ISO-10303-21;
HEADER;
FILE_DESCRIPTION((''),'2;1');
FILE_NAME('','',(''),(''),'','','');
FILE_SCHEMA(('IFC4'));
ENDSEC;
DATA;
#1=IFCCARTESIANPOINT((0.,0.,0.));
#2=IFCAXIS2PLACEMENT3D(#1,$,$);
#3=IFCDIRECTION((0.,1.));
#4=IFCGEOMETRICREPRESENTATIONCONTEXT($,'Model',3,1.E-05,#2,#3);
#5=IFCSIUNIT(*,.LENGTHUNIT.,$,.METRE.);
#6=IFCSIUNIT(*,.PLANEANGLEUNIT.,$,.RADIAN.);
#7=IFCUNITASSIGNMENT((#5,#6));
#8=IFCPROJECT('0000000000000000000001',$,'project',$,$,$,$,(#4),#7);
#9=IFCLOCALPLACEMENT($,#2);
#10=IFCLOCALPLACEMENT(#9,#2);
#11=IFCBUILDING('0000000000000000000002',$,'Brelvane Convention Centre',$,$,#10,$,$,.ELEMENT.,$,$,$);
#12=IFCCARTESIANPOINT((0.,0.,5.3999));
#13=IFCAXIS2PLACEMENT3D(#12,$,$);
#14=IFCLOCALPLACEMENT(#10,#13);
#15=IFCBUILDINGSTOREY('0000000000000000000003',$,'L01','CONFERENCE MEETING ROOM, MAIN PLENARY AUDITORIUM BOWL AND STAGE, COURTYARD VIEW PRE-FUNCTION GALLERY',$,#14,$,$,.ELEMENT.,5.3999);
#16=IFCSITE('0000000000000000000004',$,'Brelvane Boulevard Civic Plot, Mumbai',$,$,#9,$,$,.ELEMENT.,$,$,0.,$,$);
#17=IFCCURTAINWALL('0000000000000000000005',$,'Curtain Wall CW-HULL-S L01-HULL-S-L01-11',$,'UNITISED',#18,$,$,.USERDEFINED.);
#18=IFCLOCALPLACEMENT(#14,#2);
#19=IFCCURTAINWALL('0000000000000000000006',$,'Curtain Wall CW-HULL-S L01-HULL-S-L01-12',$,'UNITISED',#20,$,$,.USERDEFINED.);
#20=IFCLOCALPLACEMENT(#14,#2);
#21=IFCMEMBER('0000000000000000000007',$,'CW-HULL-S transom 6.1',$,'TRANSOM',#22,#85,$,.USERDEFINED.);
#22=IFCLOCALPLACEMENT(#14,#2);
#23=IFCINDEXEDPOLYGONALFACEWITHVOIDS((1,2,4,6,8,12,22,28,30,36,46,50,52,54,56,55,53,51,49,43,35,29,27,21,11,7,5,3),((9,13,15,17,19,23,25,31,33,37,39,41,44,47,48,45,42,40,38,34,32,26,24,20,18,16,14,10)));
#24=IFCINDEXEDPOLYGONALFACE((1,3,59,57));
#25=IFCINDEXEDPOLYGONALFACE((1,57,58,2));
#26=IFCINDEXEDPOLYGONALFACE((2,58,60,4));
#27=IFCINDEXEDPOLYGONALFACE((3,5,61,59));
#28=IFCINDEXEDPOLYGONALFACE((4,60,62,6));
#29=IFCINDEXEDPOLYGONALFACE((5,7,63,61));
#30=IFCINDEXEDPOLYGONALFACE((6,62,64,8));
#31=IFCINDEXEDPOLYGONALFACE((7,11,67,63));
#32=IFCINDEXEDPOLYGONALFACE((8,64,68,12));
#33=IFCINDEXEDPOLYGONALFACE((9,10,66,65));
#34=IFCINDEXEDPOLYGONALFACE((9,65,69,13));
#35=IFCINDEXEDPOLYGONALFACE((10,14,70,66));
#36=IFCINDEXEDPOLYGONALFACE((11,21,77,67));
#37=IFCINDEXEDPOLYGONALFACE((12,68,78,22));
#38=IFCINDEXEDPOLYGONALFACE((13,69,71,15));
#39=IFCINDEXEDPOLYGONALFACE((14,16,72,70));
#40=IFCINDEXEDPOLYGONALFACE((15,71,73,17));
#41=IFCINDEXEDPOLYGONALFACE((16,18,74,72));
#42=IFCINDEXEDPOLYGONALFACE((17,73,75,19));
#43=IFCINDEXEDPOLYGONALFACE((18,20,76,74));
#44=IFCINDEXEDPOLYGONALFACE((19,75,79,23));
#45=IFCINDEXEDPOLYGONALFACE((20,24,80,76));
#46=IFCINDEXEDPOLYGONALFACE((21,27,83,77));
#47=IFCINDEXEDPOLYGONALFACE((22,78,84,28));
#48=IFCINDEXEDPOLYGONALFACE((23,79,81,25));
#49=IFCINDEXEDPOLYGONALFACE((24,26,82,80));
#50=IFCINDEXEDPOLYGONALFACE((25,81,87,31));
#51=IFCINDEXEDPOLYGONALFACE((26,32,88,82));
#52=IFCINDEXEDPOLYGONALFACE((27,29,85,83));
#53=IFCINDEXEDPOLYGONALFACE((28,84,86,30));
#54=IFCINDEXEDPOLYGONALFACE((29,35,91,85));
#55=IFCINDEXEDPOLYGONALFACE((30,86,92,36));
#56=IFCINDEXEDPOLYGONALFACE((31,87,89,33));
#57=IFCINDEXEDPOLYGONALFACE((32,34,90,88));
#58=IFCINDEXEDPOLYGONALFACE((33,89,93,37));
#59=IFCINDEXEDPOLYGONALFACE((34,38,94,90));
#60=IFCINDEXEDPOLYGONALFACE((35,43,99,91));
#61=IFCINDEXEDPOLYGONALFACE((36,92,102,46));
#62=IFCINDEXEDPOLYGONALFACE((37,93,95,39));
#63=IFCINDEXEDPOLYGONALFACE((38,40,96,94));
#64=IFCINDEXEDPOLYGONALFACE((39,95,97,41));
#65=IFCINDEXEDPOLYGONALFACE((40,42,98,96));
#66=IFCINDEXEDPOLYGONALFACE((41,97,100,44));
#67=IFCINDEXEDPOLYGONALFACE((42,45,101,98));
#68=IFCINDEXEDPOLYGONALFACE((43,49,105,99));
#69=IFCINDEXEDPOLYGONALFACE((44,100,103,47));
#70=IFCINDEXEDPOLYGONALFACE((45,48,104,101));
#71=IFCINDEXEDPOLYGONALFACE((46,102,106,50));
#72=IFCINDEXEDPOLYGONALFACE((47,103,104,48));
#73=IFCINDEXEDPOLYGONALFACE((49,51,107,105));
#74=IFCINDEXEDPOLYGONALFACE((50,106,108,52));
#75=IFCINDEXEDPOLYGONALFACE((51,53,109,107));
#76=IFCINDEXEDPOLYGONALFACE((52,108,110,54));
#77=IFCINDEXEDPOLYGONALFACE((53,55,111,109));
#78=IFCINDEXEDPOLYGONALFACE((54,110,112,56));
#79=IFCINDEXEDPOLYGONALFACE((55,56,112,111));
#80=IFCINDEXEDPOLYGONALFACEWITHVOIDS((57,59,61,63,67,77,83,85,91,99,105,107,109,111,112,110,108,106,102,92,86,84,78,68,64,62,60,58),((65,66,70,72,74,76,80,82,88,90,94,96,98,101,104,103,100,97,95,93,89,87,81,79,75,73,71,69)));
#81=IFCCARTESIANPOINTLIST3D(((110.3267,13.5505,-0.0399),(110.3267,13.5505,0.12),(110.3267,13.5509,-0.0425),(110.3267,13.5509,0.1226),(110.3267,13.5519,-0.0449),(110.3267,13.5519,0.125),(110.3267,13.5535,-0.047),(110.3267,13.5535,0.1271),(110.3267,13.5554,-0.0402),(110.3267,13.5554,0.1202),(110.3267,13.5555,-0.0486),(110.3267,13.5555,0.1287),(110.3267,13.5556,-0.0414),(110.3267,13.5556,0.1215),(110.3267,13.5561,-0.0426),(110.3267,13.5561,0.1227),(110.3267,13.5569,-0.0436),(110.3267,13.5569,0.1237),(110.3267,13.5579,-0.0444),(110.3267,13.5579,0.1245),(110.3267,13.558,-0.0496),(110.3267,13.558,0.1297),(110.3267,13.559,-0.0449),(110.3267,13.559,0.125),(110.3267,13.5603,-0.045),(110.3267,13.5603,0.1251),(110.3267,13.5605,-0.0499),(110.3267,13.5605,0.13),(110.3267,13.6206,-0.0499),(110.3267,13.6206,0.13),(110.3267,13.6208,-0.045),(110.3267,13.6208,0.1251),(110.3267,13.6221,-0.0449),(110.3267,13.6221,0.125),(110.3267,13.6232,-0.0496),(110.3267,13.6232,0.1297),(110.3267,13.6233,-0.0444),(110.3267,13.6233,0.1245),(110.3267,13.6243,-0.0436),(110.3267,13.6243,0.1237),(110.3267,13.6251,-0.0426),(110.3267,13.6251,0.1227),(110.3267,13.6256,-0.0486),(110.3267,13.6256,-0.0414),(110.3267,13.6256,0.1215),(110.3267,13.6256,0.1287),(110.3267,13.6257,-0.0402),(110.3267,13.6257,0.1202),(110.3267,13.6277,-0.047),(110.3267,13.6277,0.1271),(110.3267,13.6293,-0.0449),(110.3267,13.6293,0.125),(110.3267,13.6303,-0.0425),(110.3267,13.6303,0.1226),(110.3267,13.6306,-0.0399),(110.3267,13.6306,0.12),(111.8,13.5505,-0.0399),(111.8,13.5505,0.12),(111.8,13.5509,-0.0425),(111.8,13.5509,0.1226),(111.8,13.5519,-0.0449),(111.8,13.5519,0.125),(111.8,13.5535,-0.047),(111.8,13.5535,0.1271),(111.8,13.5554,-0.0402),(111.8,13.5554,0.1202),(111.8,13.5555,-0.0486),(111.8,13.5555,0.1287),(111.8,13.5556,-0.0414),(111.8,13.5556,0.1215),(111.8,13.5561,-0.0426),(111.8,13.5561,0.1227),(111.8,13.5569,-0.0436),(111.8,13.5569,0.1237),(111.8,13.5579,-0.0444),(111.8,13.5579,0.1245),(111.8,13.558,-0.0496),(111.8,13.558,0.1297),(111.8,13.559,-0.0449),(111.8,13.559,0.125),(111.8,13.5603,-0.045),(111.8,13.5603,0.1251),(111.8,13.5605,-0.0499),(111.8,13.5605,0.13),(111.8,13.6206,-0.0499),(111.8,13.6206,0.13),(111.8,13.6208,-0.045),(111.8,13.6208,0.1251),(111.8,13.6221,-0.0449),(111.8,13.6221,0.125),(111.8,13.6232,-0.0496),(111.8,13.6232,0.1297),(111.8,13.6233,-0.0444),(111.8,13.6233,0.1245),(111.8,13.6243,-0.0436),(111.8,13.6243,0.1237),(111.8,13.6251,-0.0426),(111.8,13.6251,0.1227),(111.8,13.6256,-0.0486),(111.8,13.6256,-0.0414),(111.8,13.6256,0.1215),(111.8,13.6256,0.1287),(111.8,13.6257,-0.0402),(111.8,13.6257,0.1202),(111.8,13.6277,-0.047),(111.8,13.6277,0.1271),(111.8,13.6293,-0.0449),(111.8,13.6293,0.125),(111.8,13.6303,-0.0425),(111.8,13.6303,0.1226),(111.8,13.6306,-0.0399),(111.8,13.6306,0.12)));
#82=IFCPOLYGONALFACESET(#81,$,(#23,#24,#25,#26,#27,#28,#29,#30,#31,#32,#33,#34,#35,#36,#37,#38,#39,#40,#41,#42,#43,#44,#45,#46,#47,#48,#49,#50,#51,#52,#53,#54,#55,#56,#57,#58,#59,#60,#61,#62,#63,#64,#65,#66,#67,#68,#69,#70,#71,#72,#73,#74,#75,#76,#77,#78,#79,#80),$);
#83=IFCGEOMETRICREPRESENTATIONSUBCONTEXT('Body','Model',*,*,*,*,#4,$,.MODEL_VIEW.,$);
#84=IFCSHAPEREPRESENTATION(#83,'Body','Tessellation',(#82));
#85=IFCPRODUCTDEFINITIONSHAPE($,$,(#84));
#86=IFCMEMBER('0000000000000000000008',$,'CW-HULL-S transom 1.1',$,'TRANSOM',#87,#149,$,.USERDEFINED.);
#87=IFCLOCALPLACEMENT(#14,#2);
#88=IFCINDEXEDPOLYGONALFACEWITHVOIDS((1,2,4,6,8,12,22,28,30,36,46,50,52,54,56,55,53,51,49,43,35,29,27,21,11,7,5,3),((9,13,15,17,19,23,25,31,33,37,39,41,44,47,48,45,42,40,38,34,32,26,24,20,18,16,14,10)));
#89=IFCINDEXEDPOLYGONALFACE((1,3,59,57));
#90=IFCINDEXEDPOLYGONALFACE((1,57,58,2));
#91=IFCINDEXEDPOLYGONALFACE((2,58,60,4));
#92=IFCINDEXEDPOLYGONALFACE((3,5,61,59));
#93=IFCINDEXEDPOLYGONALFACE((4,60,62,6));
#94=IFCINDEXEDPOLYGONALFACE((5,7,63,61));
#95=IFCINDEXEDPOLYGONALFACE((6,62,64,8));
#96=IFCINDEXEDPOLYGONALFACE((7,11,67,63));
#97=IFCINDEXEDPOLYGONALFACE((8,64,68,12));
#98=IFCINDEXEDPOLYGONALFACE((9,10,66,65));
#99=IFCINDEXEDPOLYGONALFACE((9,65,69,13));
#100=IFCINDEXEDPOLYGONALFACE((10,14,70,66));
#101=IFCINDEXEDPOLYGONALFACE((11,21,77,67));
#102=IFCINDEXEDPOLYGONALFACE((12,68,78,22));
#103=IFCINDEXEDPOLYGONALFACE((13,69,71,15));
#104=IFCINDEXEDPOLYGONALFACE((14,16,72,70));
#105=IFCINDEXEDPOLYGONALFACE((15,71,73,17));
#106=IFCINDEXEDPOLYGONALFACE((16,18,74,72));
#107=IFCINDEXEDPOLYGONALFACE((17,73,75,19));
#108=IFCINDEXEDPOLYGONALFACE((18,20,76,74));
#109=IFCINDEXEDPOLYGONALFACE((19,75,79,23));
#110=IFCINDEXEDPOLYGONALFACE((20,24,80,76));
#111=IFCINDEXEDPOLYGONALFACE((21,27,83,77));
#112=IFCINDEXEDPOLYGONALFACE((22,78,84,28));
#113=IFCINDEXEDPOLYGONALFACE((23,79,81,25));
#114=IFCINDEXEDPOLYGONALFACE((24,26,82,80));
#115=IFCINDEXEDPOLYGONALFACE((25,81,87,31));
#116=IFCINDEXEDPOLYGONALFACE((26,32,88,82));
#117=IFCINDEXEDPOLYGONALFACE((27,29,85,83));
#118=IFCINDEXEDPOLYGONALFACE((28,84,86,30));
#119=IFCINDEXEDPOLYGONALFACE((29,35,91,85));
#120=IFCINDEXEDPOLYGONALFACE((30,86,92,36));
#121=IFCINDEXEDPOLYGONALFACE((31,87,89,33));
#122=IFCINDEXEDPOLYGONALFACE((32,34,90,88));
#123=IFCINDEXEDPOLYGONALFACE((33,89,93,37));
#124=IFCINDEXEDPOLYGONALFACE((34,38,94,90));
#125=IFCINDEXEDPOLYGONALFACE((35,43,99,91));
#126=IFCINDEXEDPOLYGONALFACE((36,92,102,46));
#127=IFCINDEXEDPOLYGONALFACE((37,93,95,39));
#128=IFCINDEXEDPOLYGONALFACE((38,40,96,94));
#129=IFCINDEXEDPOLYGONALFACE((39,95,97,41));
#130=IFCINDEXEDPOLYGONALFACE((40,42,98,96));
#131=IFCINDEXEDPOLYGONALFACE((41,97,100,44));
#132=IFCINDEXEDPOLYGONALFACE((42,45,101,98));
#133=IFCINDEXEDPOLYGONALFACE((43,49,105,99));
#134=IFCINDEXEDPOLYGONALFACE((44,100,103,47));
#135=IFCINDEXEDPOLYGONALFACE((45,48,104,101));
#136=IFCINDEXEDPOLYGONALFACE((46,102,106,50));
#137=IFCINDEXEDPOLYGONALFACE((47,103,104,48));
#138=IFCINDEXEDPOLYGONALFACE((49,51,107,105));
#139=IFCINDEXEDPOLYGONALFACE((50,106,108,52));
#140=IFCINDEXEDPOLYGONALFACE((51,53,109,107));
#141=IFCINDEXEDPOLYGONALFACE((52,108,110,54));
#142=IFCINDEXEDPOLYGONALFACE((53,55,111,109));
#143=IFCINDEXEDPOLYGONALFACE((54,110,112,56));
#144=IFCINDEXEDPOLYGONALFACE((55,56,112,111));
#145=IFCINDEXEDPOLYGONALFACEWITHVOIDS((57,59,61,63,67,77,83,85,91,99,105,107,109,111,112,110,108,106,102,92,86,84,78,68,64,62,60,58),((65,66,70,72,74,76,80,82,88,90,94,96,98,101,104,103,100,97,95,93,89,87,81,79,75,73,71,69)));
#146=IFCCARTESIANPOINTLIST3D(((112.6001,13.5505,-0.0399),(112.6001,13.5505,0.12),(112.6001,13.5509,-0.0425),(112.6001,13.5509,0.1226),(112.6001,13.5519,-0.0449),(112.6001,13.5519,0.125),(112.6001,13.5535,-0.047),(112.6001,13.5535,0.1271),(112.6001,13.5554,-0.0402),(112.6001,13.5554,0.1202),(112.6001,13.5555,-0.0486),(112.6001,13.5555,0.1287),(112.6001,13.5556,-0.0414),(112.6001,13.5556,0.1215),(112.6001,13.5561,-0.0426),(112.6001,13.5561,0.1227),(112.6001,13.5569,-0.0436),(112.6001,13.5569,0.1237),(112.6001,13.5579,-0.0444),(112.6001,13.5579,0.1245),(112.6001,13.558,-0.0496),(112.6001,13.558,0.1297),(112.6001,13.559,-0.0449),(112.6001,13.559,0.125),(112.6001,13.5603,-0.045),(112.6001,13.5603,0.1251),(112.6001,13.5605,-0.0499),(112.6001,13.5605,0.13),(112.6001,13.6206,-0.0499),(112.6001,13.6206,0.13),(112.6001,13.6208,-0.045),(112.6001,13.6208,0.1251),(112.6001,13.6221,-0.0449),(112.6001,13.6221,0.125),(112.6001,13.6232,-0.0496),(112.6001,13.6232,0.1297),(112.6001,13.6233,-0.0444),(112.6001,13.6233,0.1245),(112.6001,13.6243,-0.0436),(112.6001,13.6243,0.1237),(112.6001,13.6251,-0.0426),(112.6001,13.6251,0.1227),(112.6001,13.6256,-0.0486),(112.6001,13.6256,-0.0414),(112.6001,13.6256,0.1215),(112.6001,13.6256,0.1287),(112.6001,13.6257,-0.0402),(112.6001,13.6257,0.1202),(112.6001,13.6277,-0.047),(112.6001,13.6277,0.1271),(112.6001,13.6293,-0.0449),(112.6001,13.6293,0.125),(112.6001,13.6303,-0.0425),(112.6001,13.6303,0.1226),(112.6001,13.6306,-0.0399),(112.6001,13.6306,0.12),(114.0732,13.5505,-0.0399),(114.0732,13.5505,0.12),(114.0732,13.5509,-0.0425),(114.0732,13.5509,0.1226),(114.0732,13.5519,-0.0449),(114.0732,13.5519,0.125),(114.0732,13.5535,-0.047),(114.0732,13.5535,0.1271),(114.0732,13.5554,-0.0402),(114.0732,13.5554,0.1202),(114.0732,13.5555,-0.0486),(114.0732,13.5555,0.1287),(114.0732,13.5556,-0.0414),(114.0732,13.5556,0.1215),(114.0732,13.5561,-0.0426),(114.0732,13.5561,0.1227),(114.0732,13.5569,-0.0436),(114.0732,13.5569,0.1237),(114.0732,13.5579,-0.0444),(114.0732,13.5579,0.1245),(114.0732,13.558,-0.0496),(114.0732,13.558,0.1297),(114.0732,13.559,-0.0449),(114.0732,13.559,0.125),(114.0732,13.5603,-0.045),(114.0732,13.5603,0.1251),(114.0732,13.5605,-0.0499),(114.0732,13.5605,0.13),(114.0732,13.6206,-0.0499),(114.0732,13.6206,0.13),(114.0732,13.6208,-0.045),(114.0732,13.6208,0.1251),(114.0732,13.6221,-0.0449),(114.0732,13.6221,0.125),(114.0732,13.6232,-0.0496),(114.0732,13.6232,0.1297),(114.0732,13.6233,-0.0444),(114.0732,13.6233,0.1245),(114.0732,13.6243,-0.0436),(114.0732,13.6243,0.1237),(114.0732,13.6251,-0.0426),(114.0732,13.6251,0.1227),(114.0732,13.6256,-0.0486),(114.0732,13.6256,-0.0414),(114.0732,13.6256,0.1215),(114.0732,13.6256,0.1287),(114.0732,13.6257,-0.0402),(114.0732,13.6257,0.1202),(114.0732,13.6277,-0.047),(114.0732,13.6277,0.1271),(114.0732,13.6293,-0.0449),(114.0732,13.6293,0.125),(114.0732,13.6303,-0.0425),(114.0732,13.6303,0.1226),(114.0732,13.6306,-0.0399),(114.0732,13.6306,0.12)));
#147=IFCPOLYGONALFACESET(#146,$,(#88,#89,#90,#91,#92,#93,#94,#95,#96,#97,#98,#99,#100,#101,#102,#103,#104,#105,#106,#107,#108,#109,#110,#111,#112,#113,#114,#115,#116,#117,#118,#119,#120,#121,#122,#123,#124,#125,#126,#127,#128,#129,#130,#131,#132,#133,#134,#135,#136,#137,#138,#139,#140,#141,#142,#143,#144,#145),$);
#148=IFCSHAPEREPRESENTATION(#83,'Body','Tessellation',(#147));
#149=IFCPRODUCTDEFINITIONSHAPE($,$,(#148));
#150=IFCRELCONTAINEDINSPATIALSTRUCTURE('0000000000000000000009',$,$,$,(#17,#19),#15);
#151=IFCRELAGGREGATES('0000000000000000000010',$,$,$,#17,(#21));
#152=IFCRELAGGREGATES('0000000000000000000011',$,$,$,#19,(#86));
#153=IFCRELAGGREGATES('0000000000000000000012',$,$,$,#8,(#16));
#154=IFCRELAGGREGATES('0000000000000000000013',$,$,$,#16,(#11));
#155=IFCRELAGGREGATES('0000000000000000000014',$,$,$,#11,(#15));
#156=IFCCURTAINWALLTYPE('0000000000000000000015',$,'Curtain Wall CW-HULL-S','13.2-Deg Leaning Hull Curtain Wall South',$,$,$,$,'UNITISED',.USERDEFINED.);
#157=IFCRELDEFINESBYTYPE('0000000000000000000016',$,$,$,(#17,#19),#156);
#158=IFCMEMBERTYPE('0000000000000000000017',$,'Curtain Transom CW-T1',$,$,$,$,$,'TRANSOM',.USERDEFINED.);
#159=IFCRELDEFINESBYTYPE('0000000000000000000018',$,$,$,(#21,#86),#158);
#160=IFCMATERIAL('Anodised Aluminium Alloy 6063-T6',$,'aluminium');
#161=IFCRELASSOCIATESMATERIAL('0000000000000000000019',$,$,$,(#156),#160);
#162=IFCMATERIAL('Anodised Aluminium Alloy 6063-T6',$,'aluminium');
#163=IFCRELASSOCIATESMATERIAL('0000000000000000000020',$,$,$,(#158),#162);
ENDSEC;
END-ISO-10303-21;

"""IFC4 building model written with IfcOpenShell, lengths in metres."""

from ifc_helpers import new_model, si_unit, direction, frame, origin, origin_2d, place, context, subcontext, project, spatial, hollow_rectangle, extrude, material, material_profile, profile_set, type_object, element, aggregate, save


model = new_model("IFC4")

# Units and contexts
model_context = context("Model", 3, precision=1e-05, world=origin(), true_north=direction((0.0, 1.0)))
body_context = subcontext(model_context, "Body", "Model", "MODEL_VIEW")
ifc_project = project(units=[si_unit("LENGTHUNIT", "METRE"), si_unit("PLANEANGLEUNIT", "RADIAN")], contexts=[model_context])

# Site, building, storey
site_placement = place(None, origin())
site = spatial("IfcSite", under=ifc_project, at=site_placement, Name="Brelvane Boulevard Civic Plot, Mumbai", CompositionType="ELEMENT", RefElevation=0.0)
building_placement = place(site_placement, origin())
building = spatial("IfcBuilding", under=site, at=building_placement, Name="Brelvane Convention Centre", CompositionType="ELEMENT")
storey_placement = place(building_placement, frame((0.0, 0.0, 5.3999)))
storey = spatial("IfcBuildingStorey", under=building, at=storey_placement, Name="L01", Description="CONFERENCE MEETING ROOM, MAIN PLENARY AUDITORIUM BOWL AND STAGE, COURTYARD VIEW PRE-FUNCTION GALLERY", CompositionType="ELEMENT", Elevation=5.3999)

# Curtain walls
ifc_material_1 = material(Name="Anodised Aluminium Alloy 6063-T6", Category="aluminium")
curtain_wall_type = type_object("IfcCurtainWallType", Name="Curtain Wall CW-HULL-S", Description="13.2-Deg Leaning Hull Curtain Wall South", ElementType="UNITISED", PredefinedType="USERDEFINED", material=ifc_material_1)
curtain_wall_1_placement = place(storey_placement, origin())
curtain_wall_1 = element("IfcCurtainWall", 1, at=curtain_wall_1_placement, inside=storey, type_object=curtain_wall_type, Name="Curtain Wall CW-HULL-S L01-HULL-S-L01-11", ObjectType="UNITISED", PredefinedType="USERDEFINED")
curtain_wall_2_placement = place(storey_placement, origin())
curtain_wall_2 = element("IfcCurtainWall", 2, at=curtain_wall_2_placement, inside=storey, type_object=curtain_wall_type, Name="Curtain Wall CW-HULL-S L01-HULL-S-L01-12", ObjectType="UNITISED", PredefinedType="USERDEFINED")

# Members
ifc_material_2 = material(Name="Anodised Aluminium Alloy 6063-T6", Category="aluminium")
ifc_material_profile_1 = material_profile(ifc_material_2, hollow_rectangle(XDim=0.0801, YDim=0.1799, WallThickness=0.0049, InnerFilletRadius=0.0049, OuterFilletRadius=0.01, at=origin_2d()), Name="ALU-T 180x80x5.0")
ifc_profile_set_1 = profile_set([ifc_material_profile_1], Name="Anodised Aluminium Alloy 6063-T6")
member_type_1 = type_object("IfcMemberType", Name="Curtain Transom CW-T1", ElementType="TRANSOM", PredefinedType="USERDEFINED", material=ifc_profile_set_1)
member_1_placement = place(storey_placement, frame((110.3267, 13.5906, 0.04), z_axis=(1.0, 0.0, 0.0), x_axis=(0.0, 1.0, 0.0)))
member_1 = element("IfcMember", 3, at=member_1_placement, type_object=member_type_1, Name="CW-HULL-S transom 6.1", ObjectType="TRANSOM", PredefinedType="USERDEFINED", context=body_context, shape_type="SweptSolid", body=[
    extrude(hollow_rectangle(XDim=0.0801, YDim=0.1799, WallThickness=0.0049, InnerFilletRadius=0.0049, OuterFilletRadius=0.01, at=origin_2d()), origin(), (0.0, 0.0, 1.0), 1.4734),
])
member_2_placement = place(storey_placement, frame((112.6001, 13.5906, 0.04), z_axis=(1.0, 0.0, 0.0), x_axis=(0.0, 1.0, 0.0)))
member_2 = element("IfcMember", 4, at=member_2_placement, type_object=member_type_1, Name="CW-HULL-S transom 1.1", ObjectType="TRANSOM", PredefinedType="USERDEFINED", context=body_context, shape_type="SweptSolid", body=[
    extrude(hollow_rectangle(XDim=0.0801, YDim=0.1799, WallThickness=0.0049, InnerFilletRadius=0.0049, OuterFilletRadius=0.01, at=origin_2d()), origin(), (0.0, 0.0, 1.0), 1.4731),
])

aggregate(curtain_wall_1, [member_1])
aggregate(curtain_wall_2, [member_2])

save(model, "model.ifc")
